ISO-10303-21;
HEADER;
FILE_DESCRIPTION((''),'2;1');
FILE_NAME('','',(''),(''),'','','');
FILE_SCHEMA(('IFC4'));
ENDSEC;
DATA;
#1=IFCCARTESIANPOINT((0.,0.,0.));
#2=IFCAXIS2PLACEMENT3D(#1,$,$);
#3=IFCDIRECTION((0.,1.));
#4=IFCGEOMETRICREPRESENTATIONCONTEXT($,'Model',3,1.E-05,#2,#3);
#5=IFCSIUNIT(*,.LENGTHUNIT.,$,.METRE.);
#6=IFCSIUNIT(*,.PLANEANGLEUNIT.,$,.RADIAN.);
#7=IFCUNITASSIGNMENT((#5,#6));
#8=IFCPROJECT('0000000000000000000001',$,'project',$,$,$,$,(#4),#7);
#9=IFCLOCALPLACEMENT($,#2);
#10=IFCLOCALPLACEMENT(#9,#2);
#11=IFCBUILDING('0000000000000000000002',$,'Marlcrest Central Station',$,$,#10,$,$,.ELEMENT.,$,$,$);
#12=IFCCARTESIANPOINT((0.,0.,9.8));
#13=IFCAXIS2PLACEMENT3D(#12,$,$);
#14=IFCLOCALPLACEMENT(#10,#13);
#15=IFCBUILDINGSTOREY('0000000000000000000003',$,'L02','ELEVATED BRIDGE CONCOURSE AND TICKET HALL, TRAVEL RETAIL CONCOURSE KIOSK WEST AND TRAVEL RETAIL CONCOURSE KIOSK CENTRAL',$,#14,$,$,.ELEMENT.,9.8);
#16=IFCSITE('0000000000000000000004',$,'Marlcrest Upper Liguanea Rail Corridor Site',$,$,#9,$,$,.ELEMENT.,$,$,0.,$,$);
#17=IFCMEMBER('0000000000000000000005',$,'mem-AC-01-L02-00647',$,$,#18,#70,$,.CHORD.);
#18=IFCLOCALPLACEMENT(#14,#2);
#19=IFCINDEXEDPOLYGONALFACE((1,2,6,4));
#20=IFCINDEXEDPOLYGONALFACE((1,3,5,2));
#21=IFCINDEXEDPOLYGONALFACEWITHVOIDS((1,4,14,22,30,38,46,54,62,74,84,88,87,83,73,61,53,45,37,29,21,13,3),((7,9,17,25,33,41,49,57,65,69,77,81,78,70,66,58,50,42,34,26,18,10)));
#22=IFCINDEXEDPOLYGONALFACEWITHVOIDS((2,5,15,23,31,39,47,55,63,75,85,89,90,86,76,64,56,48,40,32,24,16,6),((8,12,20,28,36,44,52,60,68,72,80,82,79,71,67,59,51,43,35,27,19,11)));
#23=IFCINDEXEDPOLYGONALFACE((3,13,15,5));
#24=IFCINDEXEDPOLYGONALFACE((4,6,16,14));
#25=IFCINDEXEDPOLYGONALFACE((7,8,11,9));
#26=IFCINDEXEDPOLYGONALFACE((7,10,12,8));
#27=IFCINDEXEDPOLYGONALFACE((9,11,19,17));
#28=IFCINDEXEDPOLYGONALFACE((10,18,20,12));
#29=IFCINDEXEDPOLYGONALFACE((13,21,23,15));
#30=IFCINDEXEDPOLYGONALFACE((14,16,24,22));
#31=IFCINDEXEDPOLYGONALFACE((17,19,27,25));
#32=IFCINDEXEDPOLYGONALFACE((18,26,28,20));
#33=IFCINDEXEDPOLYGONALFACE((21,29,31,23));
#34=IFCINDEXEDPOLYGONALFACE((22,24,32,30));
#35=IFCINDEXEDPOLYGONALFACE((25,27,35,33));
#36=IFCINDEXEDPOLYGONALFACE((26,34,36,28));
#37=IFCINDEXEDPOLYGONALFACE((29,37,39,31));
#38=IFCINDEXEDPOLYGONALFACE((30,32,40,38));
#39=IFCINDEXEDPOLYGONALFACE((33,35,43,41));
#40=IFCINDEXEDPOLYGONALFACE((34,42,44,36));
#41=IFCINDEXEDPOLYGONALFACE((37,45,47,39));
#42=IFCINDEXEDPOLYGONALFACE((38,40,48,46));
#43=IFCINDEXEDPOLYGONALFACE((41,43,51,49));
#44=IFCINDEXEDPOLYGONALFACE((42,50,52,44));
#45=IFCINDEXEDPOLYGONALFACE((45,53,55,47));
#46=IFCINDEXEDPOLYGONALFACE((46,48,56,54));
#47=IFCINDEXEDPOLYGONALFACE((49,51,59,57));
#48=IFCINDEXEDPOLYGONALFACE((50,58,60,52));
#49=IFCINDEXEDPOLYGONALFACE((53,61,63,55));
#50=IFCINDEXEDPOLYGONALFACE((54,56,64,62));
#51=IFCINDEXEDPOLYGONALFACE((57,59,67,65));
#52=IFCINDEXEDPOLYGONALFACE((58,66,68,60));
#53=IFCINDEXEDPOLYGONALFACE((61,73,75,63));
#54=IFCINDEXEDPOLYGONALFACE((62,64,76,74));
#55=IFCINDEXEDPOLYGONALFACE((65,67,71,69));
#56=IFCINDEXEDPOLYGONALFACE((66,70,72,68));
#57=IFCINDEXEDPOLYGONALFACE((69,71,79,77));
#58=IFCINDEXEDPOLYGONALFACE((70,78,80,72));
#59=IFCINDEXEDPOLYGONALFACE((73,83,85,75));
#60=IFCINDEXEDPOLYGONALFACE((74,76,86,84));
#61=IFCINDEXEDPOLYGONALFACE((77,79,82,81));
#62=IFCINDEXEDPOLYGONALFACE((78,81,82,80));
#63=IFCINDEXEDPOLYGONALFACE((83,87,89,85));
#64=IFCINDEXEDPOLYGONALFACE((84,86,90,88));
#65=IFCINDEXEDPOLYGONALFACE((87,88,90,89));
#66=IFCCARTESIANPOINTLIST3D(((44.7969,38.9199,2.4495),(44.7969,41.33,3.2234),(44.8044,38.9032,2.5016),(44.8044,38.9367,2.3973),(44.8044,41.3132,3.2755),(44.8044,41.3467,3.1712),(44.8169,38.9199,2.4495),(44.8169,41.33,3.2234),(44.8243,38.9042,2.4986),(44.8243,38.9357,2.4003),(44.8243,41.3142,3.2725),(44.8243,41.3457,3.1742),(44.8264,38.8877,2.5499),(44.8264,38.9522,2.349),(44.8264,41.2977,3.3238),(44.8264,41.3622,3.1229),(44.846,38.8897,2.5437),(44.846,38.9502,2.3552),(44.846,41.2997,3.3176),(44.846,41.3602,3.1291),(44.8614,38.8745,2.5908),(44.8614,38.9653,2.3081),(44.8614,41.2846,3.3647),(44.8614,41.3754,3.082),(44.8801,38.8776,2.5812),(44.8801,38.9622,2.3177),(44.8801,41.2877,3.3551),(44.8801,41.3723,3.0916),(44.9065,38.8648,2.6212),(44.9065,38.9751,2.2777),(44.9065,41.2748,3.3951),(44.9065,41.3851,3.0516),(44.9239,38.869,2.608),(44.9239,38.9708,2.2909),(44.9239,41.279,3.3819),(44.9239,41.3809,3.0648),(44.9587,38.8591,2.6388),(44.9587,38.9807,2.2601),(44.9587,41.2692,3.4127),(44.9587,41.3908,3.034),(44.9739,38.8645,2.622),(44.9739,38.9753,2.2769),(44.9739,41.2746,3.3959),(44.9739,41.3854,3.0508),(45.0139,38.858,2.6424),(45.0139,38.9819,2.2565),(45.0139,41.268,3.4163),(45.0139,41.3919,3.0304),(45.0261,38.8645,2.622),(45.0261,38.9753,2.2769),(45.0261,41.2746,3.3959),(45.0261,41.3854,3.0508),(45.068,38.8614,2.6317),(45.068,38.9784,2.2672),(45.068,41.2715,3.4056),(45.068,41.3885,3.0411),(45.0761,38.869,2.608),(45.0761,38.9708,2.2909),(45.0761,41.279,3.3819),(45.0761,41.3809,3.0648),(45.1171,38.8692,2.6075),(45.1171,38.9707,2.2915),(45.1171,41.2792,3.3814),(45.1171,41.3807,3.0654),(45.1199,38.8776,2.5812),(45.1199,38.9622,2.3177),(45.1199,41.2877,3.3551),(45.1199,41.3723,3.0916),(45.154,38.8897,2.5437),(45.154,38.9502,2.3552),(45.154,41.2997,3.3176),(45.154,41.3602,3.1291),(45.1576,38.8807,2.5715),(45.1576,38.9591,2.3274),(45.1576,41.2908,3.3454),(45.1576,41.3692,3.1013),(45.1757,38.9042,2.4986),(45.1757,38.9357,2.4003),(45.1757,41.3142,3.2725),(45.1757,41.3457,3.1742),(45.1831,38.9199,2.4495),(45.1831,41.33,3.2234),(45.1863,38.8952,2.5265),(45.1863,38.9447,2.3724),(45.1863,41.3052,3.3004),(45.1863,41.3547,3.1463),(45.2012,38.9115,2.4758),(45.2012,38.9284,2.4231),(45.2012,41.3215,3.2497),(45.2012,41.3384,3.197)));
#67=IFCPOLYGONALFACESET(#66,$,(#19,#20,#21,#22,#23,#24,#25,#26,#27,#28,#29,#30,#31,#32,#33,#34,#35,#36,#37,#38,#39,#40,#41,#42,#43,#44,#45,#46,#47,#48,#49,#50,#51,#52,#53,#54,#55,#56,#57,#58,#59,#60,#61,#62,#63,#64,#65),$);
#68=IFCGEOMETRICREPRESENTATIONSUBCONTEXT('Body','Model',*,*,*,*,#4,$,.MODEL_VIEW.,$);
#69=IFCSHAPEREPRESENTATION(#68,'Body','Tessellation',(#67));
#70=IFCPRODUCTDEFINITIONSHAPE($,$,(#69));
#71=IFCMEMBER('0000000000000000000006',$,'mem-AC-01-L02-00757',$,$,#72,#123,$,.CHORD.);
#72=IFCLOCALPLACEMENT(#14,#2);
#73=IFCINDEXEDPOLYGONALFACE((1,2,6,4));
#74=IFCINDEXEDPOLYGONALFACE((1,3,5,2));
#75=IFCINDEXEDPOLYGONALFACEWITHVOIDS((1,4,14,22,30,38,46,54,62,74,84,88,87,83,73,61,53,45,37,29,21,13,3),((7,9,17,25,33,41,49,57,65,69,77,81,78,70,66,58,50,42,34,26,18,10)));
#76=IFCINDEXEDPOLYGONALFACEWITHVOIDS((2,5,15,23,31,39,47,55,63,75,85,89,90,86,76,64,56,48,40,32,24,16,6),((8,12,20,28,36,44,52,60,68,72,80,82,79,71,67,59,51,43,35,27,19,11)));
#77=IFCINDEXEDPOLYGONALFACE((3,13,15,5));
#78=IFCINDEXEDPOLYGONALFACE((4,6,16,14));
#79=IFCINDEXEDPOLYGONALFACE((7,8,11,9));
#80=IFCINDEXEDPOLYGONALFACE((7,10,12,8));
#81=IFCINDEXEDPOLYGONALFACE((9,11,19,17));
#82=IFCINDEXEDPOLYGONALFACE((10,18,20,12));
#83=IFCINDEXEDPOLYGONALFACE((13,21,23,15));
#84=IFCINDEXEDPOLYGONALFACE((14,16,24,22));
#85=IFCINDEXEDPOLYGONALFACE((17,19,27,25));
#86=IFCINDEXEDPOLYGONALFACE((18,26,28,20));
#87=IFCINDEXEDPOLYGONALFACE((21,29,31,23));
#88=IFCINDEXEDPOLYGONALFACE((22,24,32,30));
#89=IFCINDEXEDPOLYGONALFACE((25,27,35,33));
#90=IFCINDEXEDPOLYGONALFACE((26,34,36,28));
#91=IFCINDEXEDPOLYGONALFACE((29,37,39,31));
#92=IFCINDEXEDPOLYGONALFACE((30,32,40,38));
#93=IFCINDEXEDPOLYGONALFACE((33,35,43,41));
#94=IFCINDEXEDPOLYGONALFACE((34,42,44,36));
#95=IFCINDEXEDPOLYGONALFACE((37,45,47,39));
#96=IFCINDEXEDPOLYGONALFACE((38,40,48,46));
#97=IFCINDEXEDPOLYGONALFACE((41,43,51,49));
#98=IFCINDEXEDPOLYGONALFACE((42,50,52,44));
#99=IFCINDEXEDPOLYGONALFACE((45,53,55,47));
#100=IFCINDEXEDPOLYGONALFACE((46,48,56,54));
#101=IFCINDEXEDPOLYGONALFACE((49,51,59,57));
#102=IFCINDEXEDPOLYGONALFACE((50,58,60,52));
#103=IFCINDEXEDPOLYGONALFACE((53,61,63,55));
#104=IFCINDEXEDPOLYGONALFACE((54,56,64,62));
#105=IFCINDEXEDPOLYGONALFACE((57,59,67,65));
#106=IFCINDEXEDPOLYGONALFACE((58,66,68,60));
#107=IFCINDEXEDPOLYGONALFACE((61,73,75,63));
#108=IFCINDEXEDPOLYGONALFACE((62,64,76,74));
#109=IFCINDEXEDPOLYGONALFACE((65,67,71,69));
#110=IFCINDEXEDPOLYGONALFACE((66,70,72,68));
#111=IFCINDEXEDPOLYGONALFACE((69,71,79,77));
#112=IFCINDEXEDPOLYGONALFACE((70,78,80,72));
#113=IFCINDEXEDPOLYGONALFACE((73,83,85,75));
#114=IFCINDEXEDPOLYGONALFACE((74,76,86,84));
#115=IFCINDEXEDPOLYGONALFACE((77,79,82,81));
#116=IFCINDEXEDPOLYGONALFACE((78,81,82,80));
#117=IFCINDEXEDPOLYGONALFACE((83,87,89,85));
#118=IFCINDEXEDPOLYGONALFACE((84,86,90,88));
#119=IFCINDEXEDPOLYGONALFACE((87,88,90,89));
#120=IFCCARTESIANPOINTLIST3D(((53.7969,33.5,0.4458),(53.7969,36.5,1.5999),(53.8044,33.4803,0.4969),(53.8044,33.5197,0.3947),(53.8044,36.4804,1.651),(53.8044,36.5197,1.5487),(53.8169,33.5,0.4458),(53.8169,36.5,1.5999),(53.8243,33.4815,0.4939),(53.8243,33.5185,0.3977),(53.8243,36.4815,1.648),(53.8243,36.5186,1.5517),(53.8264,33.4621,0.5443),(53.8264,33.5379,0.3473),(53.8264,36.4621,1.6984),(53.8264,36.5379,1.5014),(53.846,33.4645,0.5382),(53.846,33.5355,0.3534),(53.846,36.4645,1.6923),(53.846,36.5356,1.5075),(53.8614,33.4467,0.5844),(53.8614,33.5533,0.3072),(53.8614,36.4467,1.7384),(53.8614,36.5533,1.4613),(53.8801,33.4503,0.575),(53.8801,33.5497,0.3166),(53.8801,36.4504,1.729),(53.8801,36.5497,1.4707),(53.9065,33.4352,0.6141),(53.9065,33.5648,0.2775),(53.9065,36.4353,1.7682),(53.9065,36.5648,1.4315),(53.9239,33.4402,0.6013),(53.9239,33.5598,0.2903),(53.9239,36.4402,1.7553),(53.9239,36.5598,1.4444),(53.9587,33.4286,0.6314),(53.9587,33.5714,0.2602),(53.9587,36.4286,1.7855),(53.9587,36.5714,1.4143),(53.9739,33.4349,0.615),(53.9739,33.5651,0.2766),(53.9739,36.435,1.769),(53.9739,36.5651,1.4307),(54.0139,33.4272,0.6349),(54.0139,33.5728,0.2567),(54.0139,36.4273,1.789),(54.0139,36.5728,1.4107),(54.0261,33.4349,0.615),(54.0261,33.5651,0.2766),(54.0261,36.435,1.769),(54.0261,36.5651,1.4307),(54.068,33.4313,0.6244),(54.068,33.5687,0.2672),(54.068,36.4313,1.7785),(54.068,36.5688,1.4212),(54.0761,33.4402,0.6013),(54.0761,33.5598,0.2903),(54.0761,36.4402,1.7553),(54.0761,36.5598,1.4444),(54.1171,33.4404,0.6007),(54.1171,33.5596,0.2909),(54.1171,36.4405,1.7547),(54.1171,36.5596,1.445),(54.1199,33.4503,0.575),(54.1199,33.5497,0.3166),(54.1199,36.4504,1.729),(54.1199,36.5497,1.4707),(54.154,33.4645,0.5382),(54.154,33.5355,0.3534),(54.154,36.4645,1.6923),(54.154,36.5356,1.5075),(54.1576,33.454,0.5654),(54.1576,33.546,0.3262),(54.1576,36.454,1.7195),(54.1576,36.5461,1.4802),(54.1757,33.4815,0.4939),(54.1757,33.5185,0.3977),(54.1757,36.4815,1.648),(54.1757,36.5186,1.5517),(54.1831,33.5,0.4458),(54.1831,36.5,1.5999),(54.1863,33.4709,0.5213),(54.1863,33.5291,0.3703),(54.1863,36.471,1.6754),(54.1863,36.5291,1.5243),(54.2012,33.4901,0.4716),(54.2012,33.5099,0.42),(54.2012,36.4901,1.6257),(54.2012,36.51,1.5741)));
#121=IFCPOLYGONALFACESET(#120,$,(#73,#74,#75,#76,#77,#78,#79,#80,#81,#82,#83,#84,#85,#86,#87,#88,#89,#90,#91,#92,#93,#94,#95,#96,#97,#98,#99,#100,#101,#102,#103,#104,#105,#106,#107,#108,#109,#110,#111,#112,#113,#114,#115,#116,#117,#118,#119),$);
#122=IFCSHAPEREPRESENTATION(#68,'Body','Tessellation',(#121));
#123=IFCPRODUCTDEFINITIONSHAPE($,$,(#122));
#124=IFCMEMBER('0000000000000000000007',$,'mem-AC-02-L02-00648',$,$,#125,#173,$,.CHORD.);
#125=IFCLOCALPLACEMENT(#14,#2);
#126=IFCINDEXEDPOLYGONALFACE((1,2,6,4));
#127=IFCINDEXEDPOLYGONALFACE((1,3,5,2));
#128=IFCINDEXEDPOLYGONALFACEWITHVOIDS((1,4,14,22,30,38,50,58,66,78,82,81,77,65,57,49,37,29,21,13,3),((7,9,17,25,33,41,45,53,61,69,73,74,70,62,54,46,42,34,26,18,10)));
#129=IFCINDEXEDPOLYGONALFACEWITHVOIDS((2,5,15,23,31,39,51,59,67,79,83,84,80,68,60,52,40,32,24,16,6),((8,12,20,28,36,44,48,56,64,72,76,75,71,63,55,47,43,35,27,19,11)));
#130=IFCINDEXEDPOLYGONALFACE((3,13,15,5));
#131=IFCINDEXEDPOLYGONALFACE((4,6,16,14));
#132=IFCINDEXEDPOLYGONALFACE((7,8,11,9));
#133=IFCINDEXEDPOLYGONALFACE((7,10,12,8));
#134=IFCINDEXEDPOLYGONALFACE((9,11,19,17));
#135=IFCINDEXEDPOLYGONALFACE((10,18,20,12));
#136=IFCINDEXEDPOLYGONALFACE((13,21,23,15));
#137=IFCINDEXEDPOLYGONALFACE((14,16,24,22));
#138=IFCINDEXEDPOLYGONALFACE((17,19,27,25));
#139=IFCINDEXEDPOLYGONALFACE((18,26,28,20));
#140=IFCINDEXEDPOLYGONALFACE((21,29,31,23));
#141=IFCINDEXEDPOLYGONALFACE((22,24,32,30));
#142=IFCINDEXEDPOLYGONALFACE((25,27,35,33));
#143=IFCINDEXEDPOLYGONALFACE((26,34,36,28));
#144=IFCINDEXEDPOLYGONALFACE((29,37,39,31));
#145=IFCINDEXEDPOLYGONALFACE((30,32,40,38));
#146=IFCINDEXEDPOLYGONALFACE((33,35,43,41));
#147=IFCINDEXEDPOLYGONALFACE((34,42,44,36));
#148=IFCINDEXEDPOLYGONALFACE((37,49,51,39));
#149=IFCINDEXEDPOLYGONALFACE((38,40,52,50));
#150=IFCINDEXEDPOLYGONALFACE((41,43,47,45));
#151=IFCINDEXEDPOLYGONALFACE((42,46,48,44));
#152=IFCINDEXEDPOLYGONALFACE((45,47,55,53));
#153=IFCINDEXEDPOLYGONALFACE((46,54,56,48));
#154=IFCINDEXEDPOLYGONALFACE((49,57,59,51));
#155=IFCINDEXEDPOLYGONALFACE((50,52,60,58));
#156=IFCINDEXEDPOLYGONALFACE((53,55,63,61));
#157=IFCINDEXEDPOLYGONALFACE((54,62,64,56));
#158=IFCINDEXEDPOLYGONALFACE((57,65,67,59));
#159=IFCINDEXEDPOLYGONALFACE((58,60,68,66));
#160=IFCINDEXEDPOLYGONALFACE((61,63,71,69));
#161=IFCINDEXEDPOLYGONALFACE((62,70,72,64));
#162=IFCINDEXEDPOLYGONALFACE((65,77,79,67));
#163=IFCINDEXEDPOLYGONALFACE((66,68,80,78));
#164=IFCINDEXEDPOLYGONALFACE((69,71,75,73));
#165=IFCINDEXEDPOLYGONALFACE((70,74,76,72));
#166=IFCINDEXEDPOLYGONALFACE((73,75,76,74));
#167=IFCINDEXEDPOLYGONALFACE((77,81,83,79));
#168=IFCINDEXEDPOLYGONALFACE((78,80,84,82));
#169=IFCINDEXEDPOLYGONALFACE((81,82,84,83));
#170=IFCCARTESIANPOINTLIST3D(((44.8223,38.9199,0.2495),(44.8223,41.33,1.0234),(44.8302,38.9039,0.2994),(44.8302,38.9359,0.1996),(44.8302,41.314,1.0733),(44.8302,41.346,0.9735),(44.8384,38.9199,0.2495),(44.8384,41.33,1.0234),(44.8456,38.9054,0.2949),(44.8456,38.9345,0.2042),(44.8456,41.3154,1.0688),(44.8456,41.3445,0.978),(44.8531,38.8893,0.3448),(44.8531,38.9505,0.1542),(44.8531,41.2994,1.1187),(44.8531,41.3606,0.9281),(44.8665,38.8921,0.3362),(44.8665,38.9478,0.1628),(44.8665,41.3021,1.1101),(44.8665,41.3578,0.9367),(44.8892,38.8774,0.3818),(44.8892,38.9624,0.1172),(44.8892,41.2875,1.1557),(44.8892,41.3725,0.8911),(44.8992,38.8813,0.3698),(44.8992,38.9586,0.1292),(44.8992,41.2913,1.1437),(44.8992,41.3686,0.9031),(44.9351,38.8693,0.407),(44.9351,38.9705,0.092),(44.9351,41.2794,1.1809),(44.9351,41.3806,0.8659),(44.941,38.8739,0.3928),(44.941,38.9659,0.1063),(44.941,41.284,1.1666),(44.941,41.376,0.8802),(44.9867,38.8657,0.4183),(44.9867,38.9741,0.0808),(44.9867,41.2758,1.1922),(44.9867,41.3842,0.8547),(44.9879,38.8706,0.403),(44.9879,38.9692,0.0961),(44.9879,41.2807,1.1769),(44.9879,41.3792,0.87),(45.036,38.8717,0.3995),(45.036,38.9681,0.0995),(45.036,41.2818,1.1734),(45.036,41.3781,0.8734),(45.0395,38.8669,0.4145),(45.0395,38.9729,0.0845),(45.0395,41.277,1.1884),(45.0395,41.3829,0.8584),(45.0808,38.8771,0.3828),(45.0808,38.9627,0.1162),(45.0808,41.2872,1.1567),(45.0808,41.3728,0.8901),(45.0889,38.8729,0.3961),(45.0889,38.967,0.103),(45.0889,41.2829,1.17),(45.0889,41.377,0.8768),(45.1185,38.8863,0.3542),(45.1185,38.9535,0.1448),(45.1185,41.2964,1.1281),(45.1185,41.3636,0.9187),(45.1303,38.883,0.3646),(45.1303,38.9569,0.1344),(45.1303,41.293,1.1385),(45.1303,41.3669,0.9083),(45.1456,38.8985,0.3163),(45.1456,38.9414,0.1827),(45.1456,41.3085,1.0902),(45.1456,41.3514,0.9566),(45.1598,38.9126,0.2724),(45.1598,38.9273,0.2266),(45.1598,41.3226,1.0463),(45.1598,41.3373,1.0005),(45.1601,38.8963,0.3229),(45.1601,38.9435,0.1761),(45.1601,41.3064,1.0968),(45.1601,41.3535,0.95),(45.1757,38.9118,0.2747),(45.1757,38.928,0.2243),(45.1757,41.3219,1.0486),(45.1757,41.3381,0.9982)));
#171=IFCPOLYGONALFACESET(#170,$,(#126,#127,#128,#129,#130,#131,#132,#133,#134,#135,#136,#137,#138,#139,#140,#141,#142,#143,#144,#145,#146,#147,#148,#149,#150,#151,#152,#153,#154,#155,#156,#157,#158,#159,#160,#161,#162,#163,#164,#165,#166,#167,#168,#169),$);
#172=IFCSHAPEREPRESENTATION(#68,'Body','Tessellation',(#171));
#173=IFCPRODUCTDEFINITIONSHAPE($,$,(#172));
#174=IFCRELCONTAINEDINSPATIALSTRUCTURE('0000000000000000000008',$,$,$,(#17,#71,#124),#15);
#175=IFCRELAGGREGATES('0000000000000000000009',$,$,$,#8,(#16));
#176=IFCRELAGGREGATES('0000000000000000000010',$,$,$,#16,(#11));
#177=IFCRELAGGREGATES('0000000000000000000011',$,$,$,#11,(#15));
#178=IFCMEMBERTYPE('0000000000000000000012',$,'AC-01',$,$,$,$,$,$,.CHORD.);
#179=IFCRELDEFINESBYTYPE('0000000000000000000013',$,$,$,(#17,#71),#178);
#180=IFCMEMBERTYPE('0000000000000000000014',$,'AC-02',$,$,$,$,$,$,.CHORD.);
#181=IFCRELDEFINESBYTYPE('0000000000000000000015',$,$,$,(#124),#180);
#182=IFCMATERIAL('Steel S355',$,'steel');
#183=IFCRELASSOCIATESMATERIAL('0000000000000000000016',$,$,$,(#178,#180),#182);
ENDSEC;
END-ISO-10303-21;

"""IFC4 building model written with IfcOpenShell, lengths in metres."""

from ifc_helpers import new_model, si_unit, direction, frame, origin, origin_2d, place, context, subcontext, project, spatial, hollow_circle, extrude, material, material_profile, profile_set, type_object, element, save


model = new_model("IFC4")

# Units and contexts
model_context = context("Model", 3, precision=1e-05, world=origin(), true_north=direction((0.0, 1.0)))
body_context = subcontext(model_context, "Body", "Model", "MODEL_VIEW")
ifc_project = project(units=[si_unit("LENGTHUNIT", "METRE"), si_unit("PLANEANGLEUNIT", "RADIAN")], contexts=[model_context])

# Site, building, storey
site_placement = place(None, origin())
site = spatial("IfcSite", under=ifc_project, at=site_placement, Name="Marlcrest Upper Liguanea Rail Corridor Site", CompositionType="ELEMENT", RefElevation=0.0)
building_placement = place(site_placement, origin())
building = spatial("IfcBuilding", under=site, at=building_placement, Name="Marlcrest Central Station", CompositionType="ELEMENT")
storey_placement = place(building_placement, frame((0.0, 0.0, 9.8)))
storey = spatial("IfcBuildingStorey", under=building, at=storey_placement, Name="L02", Description="ELEVATED BRIDGE CONCOURSE AND TICKET HALL, TRAVEL RETAIL CONCOURSE KIOSK WEST AND TRAVEL RETAIL CONCOURSE KIOSK CENTRAL", CompositionType="ELEMENT", Elevation=9.8)

# Members
ifc_material_1 = material(Name="Steel S355", Category="steel")
ifc_material_profile_1 = material_profile(ifc_material_1, hollow_circle(Radius=0.2031, WallThickness=0.02, at=origin_2d()), Name="CHS 406.4x20")
ifc_profile_set_1 = profile_set([ifc_material_profile_1], Name="Steel S355")
member_type_1 = type_object("IfcMemberType", Name="AC-01", PredefinedType="CHORD", material=ifc_profile_set_1)
member_1_placement = place(storey_placement, frame((45.0, 38.9199, 2.4495), z_axis=(0.0, 0.952117, 0.305734), x_axis=(-1.0, 0.0, 0.0)))
element("IfcMember", 1, at=member_1_placement, inside=storey, type_object=member_type_1, Name="mem-AC-01-L02-00647", PredefinedType="CHORD", context=body_context, shape_type="SweptSolid", body=[
    extrude(hollow_circle(Radius=0.2031, WallThickness=0.02, at=origin_2d()), origin(), (0.0, 0.0, 1.0), 2.5312),
])
member_2_placement = place(storey_placement, frame((54.0, 33.5, 0.4458), z_axis=(0.0, 0.933324, 0.359035), x_axis=(-1.0, 0.0, 0.0)))
element("IfcMember", 2, at=member_2_placement, inside=storey, type_object=member_type_1, Name="mem-AC-01-L02-00757", PredefinedType="CHORD", context=body_context, shape_type="SweptSolid", body=[
    extrude(hollow_circle(Radius=0.2031, WallThickness=0.02, at=origin_2d()), origin(), (0.0, 0.0, 1.0), 3.2144),
])
ifc_material_profile_2 = material_profile(ifc_material_1, hollow_circle(Radius=0.1777, WallThickness=0.0161, at=origin_2d()), Name="CHS 355.6x16")
ifc_profile_set_2 = profile_set([ifc_material_profile_2], Name="Steel S355")
member_type_2 = type_object("IfcMemberType", Name="AC-02", PredefinedType="CHORD", material=ifc_profile_set_2)
member_3_placement = place(storey_placement, frame((45.0, 38.9199, 0.2495), z_axis=(0.0, 0.952117, 0.305734), x_axis=(-1.0, 0.0, 0.0)))
element("IfcMember", 3, at=member_3_placement, inside=storey, type_object=member_type_2, Name="mem-AC-02-L02-00648", PredefinedType="CHORD", context=body_context, shape_type="SweptSolid", body=[
    extrude(hollow_circle(Radius=0.1777, WallThickness=0.0161, at=origin_2d()), origin(), (0.0, 0.0, 1.0), 2.5312),
])

save(model, "model.ifc")
